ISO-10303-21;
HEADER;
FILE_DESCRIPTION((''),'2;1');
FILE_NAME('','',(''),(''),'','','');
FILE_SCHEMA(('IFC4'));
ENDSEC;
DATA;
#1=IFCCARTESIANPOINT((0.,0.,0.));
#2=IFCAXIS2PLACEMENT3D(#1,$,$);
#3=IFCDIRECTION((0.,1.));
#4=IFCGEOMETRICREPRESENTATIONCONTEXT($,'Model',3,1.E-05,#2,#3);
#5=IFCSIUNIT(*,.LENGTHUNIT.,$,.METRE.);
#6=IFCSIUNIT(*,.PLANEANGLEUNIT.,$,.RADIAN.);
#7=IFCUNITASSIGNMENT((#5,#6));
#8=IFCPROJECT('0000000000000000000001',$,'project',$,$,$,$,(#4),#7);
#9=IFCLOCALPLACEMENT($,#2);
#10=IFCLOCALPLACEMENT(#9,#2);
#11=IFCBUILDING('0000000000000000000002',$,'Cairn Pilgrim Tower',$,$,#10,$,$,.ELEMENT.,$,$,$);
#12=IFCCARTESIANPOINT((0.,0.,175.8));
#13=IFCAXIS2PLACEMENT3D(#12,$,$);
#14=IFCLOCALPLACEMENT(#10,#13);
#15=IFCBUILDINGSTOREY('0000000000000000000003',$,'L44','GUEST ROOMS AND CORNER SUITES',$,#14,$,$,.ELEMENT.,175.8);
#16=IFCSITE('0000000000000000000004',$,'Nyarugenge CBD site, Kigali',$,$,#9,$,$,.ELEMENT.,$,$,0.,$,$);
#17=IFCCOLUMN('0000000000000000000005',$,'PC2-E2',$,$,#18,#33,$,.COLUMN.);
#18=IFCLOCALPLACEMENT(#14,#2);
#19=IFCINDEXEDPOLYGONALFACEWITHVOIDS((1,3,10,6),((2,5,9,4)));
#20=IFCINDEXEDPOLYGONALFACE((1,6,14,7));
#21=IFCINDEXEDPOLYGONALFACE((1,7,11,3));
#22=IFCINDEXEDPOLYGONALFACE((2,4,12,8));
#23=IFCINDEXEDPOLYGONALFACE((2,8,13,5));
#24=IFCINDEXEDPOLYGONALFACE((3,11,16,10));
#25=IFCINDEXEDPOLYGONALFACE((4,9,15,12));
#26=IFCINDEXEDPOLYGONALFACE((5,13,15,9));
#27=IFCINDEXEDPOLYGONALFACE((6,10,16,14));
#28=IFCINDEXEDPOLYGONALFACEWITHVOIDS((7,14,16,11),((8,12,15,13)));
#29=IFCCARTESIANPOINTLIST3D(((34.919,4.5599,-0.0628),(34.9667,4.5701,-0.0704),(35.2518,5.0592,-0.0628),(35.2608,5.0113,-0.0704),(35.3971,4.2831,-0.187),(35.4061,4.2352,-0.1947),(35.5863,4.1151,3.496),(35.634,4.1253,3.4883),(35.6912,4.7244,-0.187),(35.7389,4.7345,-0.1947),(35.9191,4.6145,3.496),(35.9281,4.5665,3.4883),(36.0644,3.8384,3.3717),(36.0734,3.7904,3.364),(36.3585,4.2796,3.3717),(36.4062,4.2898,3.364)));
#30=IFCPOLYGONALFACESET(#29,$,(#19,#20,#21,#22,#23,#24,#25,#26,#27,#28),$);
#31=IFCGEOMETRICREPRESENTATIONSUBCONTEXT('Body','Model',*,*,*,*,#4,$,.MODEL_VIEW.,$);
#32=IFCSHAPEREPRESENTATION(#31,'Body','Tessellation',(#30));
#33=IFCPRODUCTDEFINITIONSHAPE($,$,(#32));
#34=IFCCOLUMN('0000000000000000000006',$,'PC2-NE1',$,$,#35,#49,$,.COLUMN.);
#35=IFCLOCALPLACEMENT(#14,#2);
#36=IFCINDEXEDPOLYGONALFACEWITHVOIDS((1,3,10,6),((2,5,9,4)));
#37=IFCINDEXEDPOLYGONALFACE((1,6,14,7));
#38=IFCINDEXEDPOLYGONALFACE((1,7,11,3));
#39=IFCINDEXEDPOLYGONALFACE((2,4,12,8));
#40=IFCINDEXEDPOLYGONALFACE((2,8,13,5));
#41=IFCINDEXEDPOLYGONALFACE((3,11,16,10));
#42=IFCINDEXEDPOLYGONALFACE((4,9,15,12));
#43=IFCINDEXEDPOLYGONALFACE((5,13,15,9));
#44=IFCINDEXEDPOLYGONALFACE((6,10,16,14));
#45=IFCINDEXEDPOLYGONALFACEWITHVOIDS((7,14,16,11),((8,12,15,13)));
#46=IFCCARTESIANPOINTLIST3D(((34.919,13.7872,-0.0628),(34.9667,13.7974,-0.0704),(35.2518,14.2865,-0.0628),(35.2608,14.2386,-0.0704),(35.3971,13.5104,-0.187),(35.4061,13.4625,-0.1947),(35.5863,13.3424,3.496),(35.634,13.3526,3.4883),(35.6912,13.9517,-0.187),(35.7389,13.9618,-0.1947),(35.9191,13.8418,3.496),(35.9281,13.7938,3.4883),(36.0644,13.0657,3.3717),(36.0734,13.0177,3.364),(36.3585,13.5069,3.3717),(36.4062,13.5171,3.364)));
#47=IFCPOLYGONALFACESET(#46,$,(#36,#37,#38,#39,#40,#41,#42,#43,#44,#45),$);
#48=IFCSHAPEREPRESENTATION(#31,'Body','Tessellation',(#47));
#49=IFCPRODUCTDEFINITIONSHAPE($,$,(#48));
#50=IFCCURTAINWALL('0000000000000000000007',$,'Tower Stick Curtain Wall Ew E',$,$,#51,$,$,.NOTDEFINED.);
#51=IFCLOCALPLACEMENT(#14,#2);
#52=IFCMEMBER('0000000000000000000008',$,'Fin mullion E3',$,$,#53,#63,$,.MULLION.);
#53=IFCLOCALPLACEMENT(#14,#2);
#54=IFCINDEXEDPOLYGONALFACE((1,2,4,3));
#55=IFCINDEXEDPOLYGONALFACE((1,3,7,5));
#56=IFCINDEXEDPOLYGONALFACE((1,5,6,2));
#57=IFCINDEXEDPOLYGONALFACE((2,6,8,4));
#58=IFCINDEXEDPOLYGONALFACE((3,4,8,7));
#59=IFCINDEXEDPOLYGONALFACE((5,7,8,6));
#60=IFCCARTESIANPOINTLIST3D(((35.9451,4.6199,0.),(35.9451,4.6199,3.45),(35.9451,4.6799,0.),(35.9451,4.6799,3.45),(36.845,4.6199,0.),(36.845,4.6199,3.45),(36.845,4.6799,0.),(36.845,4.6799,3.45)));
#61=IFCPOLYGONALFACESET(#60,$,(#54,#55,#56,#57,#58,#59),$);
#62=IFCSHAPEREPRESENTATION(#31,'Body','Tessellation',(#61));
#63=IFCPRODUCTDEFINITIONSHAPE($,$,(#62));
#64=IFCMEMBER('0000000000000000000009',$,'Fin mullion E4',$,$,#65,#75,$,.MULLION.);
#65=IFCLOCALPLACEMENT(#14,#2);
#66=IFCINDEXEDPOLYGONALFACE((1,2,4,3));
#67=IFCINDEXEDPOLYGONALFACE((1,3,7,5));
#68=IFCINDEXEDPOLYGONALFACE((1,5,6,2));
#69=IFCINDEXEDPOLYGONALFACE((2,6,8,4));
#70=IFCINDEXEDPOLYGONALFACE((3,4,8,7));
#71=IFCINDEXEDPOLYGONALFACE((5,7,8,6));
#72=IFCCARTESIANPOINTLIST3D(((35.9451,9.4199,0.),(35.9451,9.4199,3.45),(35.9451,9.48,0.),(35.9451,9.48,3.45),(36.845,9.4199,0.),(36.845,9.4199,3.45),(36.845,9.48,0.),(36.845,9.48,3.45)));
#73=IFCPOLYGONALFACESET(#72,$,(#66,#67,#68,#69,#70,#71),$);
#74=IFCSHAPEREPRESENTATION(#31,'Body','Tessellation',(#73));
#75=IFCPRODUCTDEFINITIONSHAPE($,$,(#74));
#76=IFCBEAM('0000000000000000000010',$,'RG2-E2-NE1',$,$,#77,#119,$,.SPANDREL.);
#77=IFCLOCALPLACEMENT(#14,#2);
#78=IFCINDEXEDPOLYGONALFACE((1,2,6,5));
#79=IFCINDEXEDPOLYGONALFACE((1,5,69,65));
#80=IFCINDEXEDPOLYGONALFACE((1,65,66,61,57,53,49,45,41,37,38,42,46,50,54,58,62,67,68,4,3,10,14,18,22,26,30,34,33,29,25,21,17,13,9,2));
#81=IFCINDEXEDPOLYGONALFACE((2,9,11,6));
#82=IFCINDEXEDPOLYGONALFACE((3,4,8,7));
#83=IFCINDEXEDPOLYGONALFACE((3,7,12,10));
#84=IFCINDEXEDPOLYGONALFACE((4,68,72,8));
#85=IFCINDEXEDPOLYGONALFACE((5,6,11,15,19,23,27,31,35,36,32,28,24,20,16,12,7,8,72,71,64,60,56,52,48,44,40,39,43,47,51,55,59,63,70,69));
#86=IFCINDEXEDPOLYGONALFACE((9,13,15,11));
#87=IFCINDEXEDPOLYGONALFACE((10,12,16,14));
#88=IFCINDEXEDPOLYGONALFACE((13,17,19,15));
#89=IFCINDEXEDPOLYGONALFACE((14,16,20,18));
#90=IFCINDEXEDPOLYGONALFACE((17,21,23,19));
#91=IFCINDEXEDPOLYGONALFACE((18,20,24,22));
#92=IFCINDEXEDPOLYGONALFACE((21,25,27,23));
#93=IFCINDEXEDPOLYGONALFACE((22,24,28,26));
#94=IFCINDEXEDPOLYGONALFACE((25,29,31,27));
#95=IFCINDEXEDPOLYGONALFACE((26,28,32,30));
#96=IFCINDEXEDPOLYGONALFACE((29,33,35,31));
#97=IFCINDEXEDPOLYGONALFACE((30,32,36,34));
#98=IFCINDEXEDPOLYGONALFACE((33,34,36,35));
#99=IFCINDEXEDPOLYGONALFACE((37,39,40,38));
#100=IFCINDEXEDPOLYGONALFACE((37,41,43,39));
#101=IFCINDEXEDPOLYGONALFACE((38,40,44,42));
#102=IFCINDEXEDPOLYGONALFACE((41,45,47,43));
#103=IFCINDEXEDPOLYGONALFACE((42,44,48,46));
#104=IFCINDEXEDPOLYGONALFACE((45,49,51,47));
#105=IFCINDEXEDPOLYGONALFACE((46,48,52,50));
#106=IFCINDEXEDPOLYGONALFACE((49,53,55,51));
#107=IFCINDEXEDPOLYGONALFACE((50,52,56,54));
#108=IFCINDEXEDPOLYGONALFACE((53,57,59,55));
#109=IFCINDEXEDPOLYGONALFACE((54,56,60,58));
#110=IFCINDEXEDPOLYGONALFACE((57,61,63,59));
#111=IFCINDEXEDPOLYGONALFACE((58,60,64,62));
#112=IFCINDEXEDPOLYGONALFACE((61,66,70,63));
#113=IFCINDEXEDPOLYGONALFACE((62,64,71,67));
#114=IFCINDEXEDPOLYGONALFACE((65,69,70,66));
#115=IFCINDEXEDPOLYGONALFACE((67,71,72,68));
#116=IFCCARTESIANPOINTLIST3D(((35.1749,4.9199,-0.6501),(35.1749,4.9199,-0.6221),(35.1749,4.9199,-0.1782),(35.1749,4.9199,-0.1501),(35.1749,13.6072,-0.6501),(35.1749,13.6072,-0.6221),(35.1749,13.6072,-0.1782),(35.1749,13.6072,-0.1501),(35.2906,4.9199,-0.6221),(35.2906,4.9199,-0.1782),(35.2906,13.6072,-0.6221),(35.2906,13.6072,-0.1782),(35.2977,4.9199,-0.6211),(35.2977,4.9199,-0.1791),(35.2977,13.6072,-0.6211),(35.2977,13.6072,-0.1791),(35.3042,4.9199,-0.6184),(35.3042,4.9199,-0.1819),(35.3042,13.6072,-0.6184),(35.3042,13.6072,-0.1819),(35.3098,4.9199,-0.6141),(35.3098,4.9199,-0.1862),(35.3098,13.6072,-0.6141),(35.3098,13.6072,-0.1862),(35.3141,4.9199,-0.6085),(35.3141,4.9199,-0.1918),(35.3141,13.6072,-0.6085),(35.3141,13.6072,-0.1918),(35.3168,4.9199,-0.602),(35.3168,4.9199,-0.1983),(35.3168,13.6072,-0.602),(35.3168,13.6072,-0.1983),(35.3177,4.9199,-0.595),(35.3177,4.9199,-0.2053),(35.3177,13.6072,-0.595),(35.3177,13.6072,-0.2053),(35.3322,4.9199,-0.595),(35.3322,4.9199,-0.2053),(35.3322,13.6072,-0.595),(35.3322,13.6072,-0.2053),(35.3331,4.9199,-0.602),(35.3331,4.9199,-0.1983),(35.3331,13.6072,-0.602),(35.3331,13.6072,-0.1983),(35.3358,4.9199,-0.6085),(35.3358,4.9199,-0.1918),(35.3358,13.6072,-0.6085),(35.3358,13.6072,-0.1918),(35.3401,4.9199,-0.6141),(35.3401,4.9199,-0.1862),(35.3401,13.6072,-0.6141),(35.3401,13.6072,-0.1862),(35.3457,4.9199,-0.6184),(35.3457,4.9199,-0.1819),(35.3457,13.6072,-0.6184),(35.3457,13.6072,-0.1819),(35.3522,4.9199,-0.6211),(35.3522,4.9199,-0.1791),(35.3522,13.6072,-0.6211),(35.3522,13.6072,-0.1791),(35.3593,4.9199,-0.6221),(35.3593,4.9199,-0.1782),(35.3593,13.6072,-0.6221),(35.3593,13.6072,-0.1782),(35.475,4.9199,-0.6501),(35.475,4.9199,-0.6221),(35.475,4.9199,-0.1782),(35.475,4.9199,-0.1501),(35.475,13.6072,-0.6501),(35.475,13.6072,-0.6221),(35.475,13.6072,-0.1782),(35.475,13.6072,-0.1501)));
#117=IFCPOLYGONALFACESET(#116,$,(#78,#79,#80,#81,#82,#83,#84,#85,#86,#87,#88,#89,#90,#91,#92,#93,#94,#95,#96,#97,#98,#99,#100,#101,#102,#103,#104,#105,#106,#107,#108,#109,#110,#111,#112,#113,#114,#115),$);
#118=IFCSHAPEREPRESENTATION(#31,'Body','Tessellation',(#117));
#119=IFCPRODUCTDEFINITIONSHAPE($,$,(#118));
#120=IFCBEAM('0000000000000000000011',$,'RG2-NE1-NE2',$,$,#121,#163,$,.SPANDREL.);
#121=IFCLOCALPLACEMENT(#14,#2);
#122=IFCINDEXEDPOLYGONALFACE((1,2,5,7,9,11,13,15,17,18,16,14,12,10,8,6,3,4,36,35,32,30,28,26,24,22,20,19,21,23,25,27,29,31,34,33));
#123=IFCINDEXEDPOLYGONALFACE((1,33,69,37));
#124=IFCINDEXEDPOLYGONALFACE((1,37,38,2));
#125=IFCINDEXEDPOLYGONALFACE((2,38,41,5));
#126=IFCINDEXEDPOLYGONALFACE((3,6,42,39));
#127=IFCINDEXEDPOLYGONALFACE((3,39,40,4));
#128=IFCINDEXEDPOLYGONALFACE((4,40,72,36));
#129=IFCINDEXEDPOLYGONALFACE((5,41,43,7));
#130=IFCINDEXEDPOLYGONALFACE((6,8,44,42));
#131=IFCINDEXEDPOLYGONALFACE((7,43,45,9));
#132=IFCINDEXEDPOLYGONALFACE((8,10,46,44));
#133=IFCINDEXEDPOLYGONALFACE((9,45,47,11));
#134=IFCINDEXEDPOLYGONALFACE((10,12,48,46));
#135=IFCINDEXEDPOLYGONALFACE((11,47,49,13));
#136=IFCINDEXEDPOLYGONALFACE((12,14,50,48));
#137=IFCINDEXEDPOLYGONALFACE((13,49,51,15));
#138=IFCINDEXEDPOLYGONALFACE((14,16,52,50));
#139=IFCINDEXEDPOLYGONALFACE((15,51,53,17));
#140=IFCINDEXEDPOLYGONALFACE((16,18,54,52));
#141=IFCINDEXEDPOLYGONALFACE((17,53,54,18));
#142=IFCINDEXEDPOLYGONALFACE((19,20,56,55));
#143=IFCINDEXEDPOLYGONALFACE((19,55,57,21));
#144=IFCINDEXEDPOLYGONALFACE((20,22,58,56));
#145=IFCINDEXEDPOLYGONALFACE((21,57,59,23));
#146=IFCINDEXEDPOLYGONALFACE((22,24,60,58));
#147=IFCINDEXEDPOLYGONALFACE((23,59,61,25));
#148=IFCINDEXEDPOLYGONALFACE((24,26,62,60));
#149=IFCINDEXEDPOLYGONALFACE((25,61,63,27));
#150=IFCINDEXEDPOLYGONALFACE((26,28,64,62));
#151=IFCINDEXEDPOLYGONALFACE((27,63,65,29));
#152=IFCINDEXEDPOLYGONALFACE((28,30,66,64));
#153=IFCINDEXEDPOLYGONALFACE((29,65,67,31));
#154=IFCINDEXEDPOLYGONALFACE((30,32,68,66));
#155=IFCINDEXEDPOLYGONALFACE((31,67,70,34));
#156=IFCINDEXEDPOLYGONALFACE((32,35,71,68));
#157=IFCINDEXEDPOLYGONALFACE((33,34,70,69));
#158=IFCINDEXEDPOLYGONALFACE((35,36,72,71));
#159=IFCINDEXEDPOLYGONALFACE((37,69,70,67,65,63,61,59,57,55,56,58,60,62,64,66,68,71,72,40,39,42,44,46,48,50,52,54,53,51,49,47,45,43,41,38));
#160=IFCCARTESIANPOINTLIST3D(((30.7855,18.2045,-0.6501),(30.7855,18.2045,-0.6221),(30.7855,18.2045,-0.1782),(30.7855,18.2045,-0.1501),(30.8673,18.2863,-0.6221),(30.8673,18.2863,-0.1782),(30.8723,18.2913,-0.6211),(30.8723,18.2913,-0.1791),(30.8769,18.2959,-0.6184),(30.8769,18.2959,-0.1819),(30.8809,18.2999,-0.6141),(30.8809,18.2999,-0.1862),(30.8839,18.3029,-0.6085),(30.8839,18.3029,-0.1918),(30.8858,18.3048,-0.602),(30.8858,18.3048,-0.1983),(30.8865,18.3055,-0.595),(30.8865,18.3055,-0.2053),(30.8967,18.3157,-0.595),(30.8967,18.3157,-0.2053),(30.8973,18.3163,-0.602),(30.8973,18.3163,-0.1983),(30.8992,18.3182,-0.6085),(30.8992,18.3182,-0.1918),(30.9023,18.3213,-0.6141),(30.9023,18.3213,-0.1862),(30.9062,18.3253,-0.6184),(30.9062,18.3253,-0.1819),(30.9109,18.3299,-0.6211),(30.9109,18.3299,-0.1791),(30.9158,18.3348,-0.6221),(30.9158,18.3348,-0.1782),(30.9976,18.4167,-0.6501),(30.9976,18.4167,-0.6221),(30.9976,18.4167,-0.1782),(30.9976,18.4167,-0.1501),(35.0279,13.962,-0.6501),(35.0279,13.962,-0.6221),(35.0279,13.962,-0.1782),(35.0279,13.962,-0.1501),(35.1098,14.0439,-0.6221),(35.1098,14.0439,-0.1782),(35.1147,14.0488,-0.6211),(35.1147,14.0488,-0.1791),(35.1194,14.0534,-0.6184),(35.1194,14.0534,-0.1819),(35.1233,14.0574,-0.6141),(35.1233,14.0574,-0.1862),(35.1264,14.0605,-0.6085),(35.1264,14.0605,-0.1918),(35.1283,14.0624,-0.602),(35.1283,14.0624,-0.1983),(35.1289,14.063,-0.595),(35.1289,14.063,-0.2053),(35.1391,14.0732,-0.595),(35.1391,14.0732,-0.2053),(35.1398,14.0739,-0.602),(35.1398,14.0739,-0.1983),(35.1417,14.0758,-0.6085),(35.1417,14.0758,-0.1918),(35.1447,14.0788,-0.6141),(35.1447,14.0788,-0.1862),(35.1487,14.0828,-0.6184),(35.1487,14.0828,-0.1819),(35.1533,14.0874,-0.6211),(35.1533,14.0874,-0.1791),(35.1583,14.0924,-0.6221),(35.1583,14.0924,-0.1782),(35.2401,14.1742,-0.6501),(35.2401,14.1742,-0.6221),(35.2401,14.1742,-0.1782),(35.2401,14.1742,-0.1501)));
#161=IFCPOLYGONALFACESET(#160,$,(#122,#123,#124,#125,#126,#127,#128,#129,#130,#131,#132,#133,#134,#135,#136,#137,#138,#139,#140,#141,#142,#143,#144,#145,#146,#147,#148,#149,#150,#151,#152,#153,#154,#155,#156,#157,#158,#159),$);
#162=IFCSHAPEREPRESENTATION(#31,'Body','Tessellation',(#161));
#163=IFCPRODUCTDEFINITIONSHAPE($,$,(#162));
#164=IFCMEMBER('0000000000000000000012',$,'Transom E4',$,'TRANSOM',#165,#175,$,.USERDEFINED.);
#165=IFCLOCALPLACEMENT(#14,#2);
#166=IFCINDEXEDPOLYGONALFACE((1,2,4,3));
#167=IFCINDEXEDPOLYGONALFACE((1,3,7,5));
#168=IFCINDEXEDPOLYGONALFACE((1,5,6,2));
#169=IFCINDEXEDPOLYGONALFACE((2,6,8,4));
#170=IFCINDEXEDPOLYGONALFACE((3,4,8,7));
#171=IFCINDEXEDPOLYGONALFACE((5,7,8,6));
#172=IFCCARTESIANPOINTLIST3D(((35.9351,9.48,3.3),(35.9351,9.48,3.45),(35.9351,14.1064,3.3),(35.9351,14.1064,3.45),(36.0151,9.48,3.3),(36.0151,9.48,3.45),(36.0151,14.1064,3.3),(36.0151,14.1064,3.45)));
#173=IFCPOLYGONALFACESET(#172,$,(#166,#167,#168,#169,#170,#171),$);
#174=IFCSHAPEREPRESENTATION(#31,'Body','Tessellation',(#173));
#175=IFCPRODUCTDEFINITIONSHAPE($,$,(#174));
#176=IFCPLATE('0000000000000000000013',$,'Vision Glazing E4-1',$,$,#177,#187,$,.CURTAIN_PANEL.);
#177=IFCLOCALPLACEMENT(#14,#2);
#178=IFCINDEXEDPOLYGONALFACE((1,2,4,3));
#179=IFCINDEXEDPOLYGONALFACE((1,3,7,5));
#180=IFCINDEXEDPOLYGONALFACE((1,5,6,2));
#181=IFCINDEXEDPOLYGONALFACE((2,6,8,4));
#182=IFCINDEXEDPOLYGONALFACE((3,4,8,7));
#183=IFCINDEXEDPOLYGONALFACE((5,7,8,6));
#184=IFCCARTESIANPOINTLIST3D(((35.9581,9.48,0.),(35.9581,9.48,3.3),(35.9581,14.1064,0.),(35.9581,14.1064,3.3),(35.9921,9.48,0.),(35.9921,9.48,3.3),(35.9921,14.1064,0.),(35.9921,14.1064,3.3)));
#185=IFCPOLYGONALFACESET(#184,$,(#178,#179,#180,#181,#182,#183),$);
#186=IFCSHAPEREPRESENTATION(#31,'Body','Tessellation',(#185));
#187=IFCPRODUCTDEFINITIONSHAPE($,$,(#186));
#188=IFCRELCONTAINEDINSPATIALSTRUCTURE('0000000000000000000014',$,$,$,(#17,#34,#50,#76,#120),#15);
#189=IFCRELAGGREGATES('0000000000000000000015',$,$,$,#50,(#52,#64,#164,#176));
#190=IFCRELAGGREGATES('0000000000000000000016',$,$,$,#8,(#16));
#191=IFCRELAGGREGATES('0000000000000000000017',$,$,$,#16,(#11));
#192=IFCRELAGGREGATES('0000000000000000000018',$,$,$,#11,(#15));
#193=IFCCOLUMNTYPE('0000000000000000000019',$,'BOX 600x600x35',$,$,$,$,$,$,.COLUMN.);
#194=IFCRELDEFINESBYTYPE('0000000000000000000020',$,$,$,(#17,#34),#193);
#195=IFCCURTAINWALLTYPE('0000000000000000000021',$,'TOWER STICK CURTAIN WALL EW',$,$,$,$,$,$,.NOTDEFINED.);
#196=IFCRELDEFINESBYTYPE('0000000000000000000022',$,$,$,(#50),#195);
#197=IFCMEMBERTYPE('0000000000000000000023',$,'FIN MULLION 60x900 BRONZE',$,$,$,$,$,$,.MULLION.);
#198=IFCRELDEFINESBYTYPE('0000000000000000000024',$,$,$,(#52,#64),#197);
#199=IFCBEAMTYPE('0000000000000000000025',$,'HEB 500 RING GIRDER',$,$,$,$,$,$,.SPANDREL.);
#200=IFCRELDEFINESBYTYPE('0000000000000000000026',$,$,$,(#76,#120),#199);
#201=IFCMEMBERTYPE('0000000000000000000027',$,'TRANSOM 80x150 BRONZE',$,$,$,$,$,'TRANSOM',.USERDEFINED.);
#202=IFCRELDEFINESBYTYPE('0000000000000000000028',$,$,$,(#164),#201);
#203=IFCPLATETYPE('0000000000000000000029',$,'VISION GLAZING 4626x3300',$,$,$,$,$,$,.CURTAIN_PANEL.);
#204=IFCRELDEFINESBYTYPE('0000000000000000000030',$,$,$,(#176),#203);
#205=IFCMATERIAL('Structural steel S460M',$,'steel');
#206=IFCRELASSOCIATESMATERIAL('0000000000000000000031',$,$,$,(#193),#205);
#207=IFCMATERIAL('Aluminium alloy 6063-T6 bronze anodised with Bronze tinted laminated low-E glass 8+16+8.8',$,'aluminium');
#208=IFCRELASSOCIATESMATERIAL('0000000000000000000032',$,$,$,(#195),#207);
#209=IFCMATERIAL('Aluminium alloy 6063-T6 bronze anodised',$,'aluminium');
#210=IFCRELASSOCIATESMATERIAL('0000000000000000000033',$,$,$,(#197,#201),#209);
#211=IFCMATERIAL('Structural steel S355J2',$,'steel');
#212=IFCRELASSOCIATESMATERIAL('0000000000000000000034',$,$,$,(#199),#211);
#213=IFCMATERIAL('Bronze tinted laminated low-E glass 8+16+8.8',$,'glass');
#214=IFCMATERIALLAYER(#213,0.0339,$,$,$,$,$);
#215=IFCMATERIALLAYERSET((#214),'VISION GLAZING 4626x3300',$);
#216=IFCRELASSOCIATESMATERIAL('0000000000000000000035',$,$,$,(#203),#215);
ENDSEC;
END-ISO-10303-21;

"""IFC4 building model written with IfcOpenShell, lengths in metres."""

from ifc_helpers import new_model, si_unit, direction, frame, origin, origin_2d, place, context, subcontext, project, spatial, rectangle, hollow_rectangle, i_section, extrude, clip, halfspace, material, layer, layer_set, material_profile, profile_set, type_object, element, aggregate, save


model = new_model("IFC4")

# Units and contexts
model_context = context("Model", 3, precision=1e-05, world=origin(), true_north=direction((0.0, 1.0)))
body_context = subcontext(model_context, "Body", "Model", "MODEL_VIEW")
ifc_project = project(units=[si_unit("LENGTHUNIT", "METRE"), si_unit("PLANEANGLEUNIT", "RADIAN")], contexts=[model_context])

# Site, building, storey
site_placement = place(None, origin())
site = spatial("IfcSite", under=ifc_project, at=site_placement, Name="Nyarugenge CBD site, Kigali", CompositionType="ELEMENT", RefElevation=0.0)
building_placement = place(site_placement, origin())
building = spatial("IfcBuilding", under=site, at=building_placement, Name="Cairn Pilgrim Tower", CompositionType="ELEMENT")
storey_placement = place(building_placement, frame((0.0, 0.0, 175.8)))
storey = spatial("IfcBuildingStorey", under=building, at=storey_placement, Name="L44", Description="GUEST ROOMS AND CORNER SUITES", CompositionType="ELEMENT", Elevation=175.8)

# Columns
ifc_material_1 = material(Name="Structural steel S460M", Category="steel")
ifc_material_profile_1 = material_profile(ifc_material_1, hollow_rectangle(XDim=0.6001, YDim=0.6001, WallThickness=0.0349, at=origin_2d()), Name="BOX 600x600x35")
ifc_profile_set_1 = profile_set([ifc_material_profile_1], Name="Structural steel S460M")
column_type = type_object("IfcColumnType", Name="BOX 600x600x35", PredefinedType="COLUMN", material=ifc_profile_set_1)
for number, where, z_axis, x_axis, name in (
    (1, (35.325, 4.6499, -0.1501), (0.182922, -0.121926, 0.975538), (0.554631, 0.832097, 0.0), "PC2-E2"),
    (2, (35.325, 13.8772, -0.1501), (0.182922, -0.121926, 0.975538), (0.554631, 0.832097, 0.0), "PC2-NE1"),
):
    element("IfcColumn", number, at=place(storey_placement, frame(where, z_axis=z_axis, x_axis=x_axis)), inside=storey, type_object=column_type, Name=name, PredefinedType="COLUMN", context=body_context, shape_type="Clipping", body=[
        clip(clip(extrude(hollow_rectangle(XDim=0.6001, YDim=0.6001, WallThickness=0.0349, at=origin_2d()), origin(), (0.0, 0.0, 1.0), 3.6904), halfspace(frame((0.0, 0.0, 0.022), z_axis=(0.0, 0.0, 1.0), x_axis=(1.0, 0.0, 0.0)), True)), halfspace(frame((0.0, 0.0, 3.6699), z_axis=(0.0, 0.0, 1.0), x_axis=(1.0, 0.0, 0.0)), False)),
    ])

# Curtain wall, members
ifc_material_2 = material(Name="Aluminium alloy 6063-T6 bronze anodised with Bronze tinted laminated low-E glass 8+16+8.8", Category="aluminium")
curtain_wall_type = type_object("IfcCurtainWallType", Name="TOWER STICK CURTAIN WALL EW", PredefinedType="NOTDEFINED", material=ifc_material_2)
curtain_wall_placement = place(storey_placement, origin())
curtain_wall = element("IfcCurtainWall", 3, at=curtain_wall_placement, inside=storey, type_object=curtain_wall_type, Name="Tower Stick Curtain Wall Ew E", PredefinedType="NOTDEFINED")
ifc_material_3 = material(Name="Aluminium alloy 6063-T6 bronze anodised", Category="aluminium")
ifc_material_profile_2 = material_profile(ifc_material_3, rectangle(XDim=0.8999, YDim=0.0601, at=origin_2d()), Name="FIN MULLION 60x900 BRONZE")
ifc_profile_set_2 = profile_set([ifc_material_profile_2], Name="Aluminium alloy 6063-T6 bronze anodised")
member_type_1 = type_object("IfcMemberType", Name="FIN MULLION 60x900 BRONZE", PredefinedType="MULLION", material=ifc_profile_set_2)
member_1_placement = place(storey_placement, frame((36.395, 4.6499, 0.0), z_axis=(0.0, 0.0, 1.0), x_axis=(1.0, 0.0, 0.0)))
member_1 = element("IfcMember", 4, at=member_1_placement, type_object=member_type_1, Name="Fin mullion E3", PredefinedType="MULLION", context=body_context, shape_type="SweptSolid", body=[
    extrude(rectangle(XDim=0.8999, YDim=0.0601, at=origin_2d()), origin(), (0.0, 0.0, 1.0), 3.45),
])
member_2_placement = place(storey_placement, frame((36.395, 9.45, 0.0), z_axis=(0.0, 0.0, 1.0), x_axis=(1.0, 0.0, 0.0)))
member_2 = element("IfcMember", 5, at=member_2_placement, type_object=member_type_1, Name="Fin mullion E4", PredefinedType="MULLION", context=body_context, shape_type="SweptSolid", body=[
    extrude(rectangle(XDim=0.8999, YDim=0.0601, at=origin_2d()), origin(), (0.0, 0.0, 1.0), 3.45),
])

# Beams
ifc_material_4 = material(Name="Structural steel S355J2", Category="steel")
ifc_material_profile_3 = material_profile(ifc_material_4, i_section(OverallWidth=0.3, OverallDepth=0.5, WebThickness=0.0144, FlangeThickness=0.0281, FilletRadius=0.0271, at=origin_2d()), Name="HEB 500")
ifc_profile_set_3 = profile_set([ifc_material_profile_3], Name="Structural steel S355J2")
beam_type = type_object("IfcBeamType", Name="HEB 500 RING GIRDER", PredefinedType="SPANDREL", material=ifc_profile_set_3)
beam_1_placement = place(storey_placement, frame((35.325, 4.9199, -0.4001), z_axis=(0.0, 1.0, 0.0), x_axis=(-1.0, 0.0, 0.0)))
element("IfcBeam", 6, at=beam_1_placement, inside=storey, type_object=beam_type, Name="RG2-E2-NE1", PredefinedType="SPANDREL", context=body_context, shape_type="SweptSolid", body=[
    extrude(i_section(OverallWidth=0.3, OverallDepth=0.5, WebThickness=0.0144, FlangeThickness=0.0281, FilletRadius=0.0271, at=origin_2d()), origin(), (0.0, 0.0, 1.0), 8.6873),
])
beam_2_placement = place(storey_placement, frame((35.134, 14.0681, -0.4001), z_axis=(-0.707107, 0.707107, 0.0), x_axis=(-0.707107, -0.707107, 0.0)))
element("IfcBeam", 7, at=beam_2_placement, inside=storey, type_object=beam_type, Name="RG2-NE1-NE2", PredefinedType="SPANDREL", context=body_context, shape_type="SweptSolid", body=[
    extrude(i_section(OverallWidth=0.3, OverallDepth=0.5, WebThickness=0.0144, FlangeThickness=0.0281, FilletRadius=0.0271, at=origin_2d()), origin(), (0.0, 0.0, 1.0), 5.9998),
])

# Member
ifc_material_profile_4 = material_profile(ifc_material_3, rectangle(XDim=0.0801, YDim=0.1499, at=origin_2d()), Name="TRANSOM 80x150 BRONZE")
ifc_profile_set_4 = profile_set([ifc_material_profile_4], Name="Aluminium alloy 6063-T6 bronze anodised")
member_type_2 = type_object("IfcMemberType", Name="TRANSOM 80x150 BRONZE", ElementType="TRANSOM", PredefinedType="USERDEFINED", material=ifc_profile_set_4)
member_3_placement = place(storey_placement, frame((35.9751, 9.48, 3.375), z_axis=(0.0, 1.0, 0.0), x_axis=(-1.0, 0.0, 0.0)))
member_3 = element("IfcMember", 8, at=member_3_placement, type_object=member_type_2, Name="Transom E4", ObjectType="TRANSOM", PredefinedType="USERDEFINED", context=body_context, shape_type="SweptSolid", body=[
    extrude(rectangle(XDim=0.0801, YDim=0.1499, at=origin_2d()), origin(), (0.0, 0.0, 1.0), 4.6265),
])

# Plate
ifc_material_5 = material(Name="Bronze tinted laminated low-E glass 8+16+8.8", Category="glass")
ifc_layer_1 = layer(ifc_material_5, 0.0339)
ifc_layer_set_1 = layer_set([ifc_layer_1], Name="VISION GLAZING 4626x3300")
plate_type = type_object("IfcPlateType", Name="VISION GLAZING 4626x3300", PredefinedType="CURTAIN_PANEL", material=ifc_layer_set_1)
plate_placement = place(storey_placement, frame((35.9751, 11.7932, 0.0), z_axis=(0.0, 0.0, 1.0), x_axis=(0.0, 1.0, 0.0)))
plate = element("IfcPlate", 9, at=plate_placement, type_object=plate_type, Name="Vision Glazing E4-1", PredefinedType="CURTAIN_PANEL", context=body_context, shape_type="SweptSolid", body=[
    extrude(rectangle(XDim=4.6265, YDim=0.0339, at=origin_2d()), origin(), (0.0, 0.0, 1.0), 3.3),
])
aggregate(curtain_wall, [member_1, member_2, member_3, plate])

save(model, "model.ifc")
